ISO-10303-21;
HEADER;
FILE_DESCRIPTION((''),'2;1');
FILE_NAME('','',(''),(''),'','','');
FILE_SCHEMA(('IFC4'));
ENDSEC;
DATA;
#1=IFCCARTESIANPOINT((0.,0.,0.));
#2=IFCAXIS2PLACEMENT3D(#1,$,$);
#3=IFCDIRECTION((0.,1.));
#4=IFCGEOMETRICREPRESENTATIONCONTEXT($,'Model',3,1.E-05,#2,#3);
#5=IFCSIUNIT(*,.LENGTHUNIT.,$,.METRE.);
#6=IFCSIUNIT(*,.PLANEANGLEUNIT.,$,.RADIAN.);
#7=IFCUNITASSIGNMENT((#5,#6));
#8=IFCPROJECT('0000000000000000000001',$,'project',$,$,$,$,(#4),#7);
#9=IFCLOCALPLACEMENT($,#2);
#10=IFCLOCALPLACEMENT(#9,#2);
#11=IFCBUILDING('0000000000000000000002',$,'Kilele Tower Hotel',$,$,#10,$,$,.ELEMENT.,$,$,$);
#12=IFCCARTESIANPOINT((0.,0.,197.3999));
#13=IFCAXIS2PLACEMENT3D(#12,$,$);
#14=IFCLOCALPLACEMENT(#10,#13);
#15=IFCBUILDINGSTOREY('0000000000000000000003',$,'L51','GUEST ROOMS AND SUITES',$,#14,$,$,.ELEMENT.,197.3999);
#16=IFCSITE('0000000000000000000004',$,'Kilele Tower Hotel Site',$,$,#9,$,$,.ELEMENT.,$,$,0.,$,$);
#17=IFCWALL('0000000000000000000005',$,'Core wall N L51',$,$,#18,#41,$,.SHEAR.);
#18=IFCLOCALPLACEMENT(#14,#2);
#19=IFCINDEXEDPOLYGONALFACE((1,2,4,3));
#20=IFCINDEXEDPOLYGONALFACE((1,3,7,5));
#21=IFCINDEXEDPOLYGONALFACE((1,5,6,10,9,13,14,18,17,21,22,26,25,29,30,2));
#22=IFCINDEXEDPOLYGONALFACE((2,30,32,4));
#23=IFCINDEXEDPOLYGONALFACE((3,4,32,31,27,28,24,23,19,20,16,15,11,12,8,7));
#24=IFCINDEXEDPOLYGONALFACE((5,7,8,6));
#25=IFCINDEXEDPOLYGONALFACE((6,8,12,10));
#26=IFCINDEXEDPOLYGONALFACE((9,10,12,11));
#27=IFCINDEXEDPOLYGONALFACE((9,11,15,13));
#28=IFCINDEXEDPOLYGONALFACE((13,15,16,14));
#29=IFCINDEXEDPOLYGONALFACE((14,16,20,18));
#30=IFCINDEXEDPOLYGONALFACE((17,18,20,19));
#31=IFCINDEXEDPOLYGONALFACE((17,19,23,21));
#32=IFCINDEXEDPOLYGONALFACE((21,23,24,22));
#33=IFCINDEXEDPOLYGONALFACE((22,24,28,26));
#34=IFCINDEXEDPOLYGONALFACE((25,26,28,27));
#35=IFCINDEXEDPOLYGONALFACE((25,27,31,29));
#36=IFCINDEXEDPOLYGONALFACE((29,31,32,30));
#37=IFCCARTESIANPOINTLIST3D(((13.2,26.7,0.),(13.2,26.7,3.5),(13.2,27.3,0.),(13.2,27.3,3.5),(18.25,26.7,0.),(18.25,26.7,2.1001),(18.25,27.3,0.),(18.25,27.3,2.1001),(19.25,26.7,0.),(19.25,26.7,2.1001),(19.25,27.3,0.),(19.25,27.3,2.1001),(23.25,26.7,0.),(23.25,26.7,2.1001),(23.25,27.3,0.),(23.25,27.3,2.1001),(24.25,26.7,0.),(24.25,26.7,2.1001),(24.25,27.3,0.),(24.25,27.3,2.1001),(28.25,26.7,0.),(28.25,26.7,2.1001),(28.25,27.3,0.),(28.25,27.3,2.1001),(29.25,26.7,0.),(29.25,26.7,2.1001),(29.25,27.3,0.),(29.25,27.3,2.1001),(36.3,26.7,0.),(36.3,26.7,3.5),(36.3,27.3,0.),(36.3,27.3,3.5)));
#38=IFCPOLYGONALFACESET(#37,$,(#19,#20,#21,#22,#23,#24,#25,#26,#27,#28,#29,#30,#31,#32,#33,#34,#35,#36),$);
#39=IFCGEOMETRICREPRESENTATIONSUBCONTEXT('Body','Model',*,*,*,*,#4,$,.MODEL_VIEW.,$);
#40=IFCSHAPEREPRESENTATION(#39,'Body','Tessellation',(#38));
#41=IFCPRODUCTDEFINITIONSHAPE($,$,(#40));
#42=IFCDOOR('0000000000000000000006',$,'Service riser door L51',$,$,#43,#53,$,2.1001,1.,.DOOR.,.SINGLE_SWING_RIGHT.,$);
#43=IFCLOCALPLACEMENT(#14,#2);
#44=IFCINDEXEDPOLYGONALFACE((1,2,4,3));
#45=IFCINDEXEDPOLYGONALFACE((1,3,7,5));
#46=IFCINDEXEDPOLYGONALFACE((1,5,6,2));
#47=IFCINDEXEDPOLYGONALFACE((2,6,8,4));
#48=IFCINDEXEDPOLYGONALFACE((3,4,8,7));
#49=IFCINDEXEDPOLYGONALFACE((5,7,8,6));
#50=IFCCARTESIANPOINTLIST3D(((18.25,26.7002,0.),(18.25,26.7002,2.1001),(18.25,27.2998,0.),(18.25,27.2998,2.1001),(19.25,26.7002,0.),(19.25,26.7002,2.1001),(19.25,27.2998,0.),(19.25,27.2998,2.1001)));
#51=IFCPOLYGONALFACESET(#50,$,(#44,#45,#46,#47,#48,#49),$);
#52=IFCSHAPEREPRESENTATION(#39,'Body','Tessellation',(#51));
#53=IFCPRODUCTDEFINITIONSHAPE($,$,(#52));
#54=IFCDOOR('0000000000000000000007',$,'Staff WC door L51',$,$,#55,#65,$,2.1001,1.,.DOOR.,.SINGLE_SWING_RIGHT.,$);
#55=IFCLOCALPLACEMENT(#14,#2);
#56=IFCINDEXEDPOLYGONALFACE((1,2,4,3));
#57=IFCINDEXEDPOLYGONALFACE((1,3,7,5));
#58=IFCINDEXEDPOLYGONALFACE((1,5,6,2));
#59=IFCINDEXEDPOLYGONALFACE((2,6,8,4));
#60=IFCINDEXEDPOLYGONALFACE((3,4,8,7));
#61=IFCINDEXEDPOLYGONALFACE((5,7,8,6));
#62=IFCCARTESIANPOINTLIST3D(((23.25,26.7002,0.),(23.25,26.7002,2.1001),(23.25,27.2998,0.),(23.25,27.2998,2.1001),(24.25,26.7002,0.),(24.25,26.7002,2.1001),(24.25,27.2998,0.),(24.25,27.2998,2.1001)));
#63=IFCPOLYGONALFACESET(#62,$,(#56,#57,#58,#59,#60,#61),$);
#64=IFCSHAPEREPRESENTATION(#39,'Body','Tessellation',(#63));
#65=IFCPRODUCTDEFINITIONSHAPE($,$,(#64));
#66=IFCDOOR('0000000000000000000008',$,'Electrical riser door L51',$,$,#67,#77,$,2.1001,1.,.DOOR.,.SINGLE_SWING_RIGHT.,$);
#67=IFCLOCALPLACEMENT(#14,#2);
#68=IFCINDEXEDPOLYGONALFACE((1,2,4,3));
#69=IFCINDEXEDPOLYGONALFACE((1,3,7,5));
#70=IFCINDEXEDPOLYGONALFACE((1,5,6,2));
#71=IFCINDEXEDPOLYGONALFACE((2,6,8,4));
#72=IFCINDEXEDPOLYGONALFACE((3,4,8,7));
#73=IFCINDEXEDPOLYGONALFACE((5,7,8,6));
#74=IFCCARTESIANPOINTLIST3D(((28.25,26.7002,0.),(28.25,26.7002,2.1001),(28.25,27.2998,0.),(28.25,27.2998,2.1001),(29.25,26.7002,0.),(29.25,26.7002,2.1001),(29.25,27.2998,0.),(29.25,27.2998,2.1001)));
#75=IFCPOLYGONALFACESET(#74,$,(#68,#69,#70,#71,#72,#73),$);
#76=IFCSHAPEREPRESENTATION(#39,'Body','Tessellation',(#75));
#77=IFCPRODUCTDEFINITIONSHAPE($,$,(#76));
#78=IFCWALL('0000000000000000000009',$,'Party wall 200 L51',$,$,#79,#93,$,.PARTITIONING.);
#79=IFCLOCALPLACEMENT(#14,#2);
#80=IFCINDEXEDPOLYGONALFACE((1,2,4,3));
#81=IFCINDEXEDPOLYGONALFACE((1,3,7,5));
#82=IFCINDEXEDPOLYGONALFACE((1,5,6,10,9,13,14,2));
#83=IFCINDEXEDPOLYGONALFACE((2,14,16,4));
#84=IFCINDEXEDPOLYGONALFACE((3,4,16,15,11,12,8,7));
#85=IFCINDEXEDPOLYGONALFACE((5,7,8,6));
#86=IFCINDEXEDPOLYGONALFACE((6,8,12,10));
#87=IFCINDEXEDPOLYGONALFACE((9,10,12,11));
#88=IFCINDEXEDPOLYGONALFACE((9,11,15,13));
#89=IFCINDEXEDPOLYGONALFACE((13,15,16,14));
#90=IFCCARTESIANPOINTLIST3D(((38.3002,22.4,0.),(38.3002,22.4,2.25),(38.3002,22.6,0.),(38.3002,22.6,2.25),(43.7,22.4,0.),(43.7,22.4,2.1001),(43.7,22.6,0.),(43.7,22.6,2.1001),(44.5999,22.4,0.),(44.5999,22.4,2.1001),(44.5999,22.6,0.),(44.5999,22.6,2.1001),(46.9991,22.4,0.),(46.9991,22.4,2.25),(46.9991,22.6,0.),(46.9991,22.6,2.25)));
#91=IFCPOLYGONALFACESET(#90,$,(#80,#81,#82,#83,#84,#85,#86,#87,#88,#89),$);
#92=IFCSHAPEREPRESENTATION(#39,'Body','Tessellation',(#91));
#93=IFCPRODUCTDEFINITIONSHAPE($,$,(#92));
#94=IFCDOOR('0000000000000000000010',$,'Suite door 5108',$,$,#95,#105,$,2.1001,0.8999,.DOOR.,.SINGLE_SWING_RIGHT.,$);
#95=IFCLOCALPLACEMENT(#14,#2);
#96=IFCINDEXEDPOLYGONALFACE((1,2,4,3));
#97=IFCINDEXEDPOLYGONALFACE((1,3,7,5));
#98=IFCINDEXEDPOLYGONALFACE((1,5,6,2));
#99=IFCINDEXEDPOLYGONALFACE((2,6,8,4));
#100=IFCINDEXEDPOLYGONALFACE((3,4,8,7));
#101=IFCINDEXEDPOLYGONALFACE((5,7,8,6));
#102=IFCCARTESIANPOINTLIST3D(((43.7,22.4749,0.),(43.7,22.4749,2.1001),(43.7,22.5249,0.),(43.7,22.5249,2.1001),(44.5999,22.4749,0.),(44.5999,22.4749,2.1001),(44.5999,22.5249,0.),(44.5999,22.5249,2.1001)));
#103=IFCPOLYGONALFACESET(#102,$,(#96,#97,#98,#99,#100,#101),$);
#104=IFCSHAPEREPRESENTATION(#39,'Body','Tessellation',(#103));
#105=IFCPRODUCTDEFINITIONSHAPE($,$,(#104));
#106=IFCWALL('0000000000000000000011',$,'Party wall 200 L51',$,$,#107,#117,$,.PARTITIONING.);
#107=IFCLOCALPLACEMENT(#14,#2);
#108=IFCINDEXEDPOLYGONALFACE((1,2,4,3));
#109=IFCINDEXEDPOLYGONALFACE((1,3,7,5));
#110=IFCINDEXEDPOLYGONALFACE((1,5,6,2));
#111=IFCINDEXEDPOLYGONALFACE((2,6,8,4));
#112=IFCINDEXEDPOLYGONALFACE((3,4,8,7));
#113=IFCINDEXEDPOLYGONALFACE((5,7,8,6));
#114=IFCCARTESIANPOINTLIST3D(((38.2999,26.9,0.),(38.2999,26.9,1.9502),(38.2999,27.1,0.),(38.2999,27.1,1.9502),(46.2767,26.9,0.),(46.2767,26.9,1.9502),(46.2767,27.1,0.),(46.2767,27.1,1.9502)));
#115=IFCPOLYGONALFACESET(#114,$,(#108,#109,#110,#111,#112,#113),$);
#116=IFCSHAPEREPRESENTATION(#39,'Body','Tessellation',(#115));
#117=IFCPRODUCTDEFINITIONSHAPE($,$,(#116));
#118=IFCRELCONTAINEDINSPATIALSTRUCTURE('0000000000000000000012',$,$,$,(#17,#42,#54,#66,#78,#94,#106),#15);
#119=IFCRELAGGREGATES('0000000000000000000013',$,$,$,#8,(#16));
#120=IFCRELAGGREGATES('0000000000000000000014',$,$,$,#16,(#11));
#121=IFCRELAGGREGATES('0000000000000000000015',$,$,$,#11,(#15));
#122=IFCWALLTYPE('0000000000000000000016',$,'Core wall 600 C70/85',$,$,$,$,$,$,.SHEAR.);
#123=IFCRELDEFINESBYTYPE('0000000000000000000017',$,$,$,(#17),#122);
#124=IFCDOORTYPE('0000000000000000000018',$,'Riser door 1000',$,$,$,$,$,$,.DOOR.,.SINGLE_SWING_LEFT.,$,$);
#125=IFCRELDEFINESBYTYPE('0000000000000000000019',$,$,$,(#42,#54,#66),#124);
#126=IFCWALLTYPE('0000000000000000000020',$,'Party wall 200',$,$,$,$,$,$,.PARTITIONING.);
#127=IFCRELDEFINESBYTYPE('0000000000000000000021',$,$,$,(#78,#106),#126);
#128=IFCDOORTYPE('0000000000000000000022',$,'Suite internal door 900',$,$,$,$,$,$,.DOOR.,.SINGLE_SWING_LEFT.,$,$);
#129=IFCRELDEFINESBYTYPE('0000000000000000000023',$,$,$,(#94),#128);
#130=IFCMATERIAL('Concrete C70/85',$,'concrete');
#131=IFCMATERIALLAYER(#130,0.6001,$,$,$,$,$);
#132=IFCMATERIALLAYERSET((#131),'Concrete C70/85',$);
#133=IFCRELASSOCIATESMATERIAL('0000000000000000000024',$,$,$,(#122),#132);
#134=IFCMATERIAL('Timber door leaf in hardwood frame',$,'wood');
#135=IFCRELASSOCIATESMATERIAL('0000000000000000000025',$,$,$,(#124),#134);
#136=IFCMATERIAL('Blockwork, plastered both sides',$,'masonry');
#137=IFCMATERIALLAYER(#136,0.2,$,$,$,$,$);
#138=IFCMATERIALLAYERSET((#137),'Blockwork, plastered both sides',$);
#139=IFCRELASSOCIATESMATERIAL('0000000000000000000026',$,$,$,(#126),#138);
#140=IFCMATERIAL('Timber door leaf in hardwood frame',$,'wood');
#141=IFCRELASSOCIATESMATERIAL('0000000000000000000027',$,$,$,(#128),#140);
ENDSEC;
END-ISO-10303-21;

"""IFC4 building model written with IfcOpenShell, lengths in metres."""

from ifc_helpers import new_model, si_unit, direction, frame, frame_2d, origin, place, context, subcontext, project, spatial, rectangle, extrude, material, layer, layer_set, type_object, element, fill, save


model = new_model("IFC4")

# Units and contexts
model_context = context("Model", 3, precision=1e-05, world=origin(), true_north=direction((0.0, 1.0)))
body_context = subcontext(model_context, "Body", "Model", "MODEL_VIEW")
ifc_project = project(units=[si_unit("LENGTHUNIT", "METRE"), si_unit("PLANEANGLEUNIT", "RADIAN")], contexts=[model_context])

# Site, building, storey
site_placement = place(None, origin())
site = spatial("IfcSite", under=ifc_project, at=site_placement, Name="Kilele Tower Hotel Site", CompositionType="ELEMENT", RefElevation=0.0)
building_placement = place(site_placement, origin())
building = spatial("IfcBuilding", under=site, at=building_placement, Name="Kilele Tower Hotel", CompositionType="ELEMENT")
storey_placement = place(building_placement, frame((0.0, 0.0, 197.3999)))
storey = spatial("IfcBuildingStorey", under=building, at=storey_placement, Name="L51", Description="GUEST ROOMS AND SUITES", CompositionType="ELEMENT", Elevation=197.3999)

# Wall, openings, doors
ifc_material_1 = material(Name="Concrete C70/85", Category="concrete")
ifc_layer_1 = layer(ifc_material_1, 0.6001)
ifc_layer_set_1 = layer_set([ifc_layer_1], Name="Concrete C70/85")
wall_type_1 = type_object("IfcWallType", Name="Core wall 600 C70/85", PredefinedType="SHEAR", material=ifc_layer_set_1)
wall_1_placement = place(storey_placement, frame((36.3, 27.0, 0.0), z_axis=(0.0, 0.0, 1.0), x_axis=(-1.0, 0.0, 0.0)))
wall_1 = element("IfcWall", 1, at=wall_1_placement, inside=storey, type_object=wall_type_1, Name="Core wall N L51", PredefinedType="SHEAR", context=body_context, shape_type="SweptSolid", body=[
    extrude(rectangle(XDim=23.1001, YDim=0.6001, at=frame_2d((11.55, 0.0))), origin(), (0.0, 0.0, 1.0), 3.5),
])
opening_1_placement = place(wall_1_placement, frame((17.05, 0.0, 0.0)))
opening_1 = element("IfcOpeningElement", 2, at=opening_1_placement, cuts=wall_1, PredefinedType="OPENING", context=body_context, shape_type="SweptSolid", body=[
    extrude(rectangle(XDim=1.0, YDim=2.1001, at=frame_2d((0.5, 1.05))), frame((0.0, 0.3101, 0.0), z_axis=(0.0, -1.0, 0.0), x_axis=(1.0, 0.0, 0.0)), (0.0, 0.0, 1.0), 0.6201),
])
opening_2_placement = place(wall_1_placement, frame((12.05, 0.0, 0.0)))
opening_2 = element("IfcOpeningElement", 3, at=opening_2_placement, cuts=wall_1, PredefinedType="OPENING", context=body_context, shape_type="SweptSolid", body=[
    extrude(rectangle(XDim=1.0, YDim=2.1001, at=frame_2d((0.5, 1.05))), frame((0.0, 0.3101, 0.0), z_axis=(0.0, -1.0, 0.0), x_axis=(1.0, 0.0, 0.0)), (0.0, 0.0, 1.0), 0.6201),
])
opening_3_placement = place(wall_1_placement, frame((7.05, 0.0, 0.0)))
opening_3 = element("IfcOpeningElement", 4, at=opening_3_placement, cuts=wall_1, PredefinedType="OPENING", context=body_context, shape_type="SweptSolid", body=[
    extrude(rectangle(XDim=1.0, YDim=2.1001, at=frame_2d((0.5, 1.05))), frame((0.0, 0.3101, 0.0), z_axis=(0.0, -1.0, 0.0), x_axis=(1.0, 0.0, 0.0)), (0.0, 0.0, 1.0), 0.6201),
])
ifc_material_2 = material(Name="Timber door leaf in hardwood frame", Category="wood")
door_type_1 = type_object("IfcDoorType", Name="Riser door 1000", OperationType="SINGLE_SWING_LEFT", PredefinedType="DOOR", material=ifc_material_2)
door_1_placement = place(opening_1_placement, origin())
door_1 = element("IfcDoor", 5, at=door_1_placement, inside=storey, type_object=door_type_1, Name="Service riser door L51", OperationType="SINGLE_SWING_RIGHT", OverallHeight=2.1001, OverallWidth=1.0, PredefinedType="DOOR", context=body_context, shape_type="SweptSolid", body=[
    extrude(rectangle(XDim=1.0, YDim=2.1001, at=frame_2d((0.5, 1.05))), frame((0.0, 0.2998, 0.0), z_axis=(0.0, -1.0, 0.0), x_axis=(1.0, 0.0, 0.0)), (0.0, 0.0, 1.0), 0.5996),
])
fill(opening_1, door_1)
door_2_placement = place(opening_2_placement, origin())
door_2 = element("IfcDoor", 6, at=door_2_placement, inside=storey, type_object=door_type_1, Name="Staff WC door L51", OperationType="SINGLE_SWING_RIGHT", OverallHeight=2.1001, OverallWidth=1.0, PredefinedType="DOOR", context=body_context, shape_type="SweptSolid", body=[
    extrude(rectangle(XDim=1.0, YDim=2.1001, at=frame_2d((0.5, 1.05))), frame((0.0, 0.2998, 0.0), z_axis=(0.0, -1.0, 0.0), x_axis=(1.0, 0.0, 0.0)), (0.0, 0.0, 1.0), 0.5996),
])
fill(opening_2, door_2)
door_3_placement = place(opening_3_placement, origin())
door_3 = element("IfcDoor", 7, at=door_3_placement, inside=storey, type_object=door_type_1, Name="Electrical riser door L51", OperationType="SINGLE_SWING_RIGHT", OverallHeight=2.1001, OverallWidth=1.0, PredefinedType="DOOR", context=body_context, shape_type="SweptSolid", body=[
    extrude(rectangle(XDim=1.0, YDim=2.1001, at=frame_2d((0.5, 1.05))), frame((0.0, 0.2998, 0.0), z_axis=(0.0, -1.0, 0.0), x_axis=(1.0, 0.0, 0.0)), (0.0, 0.0, 1.0), 0.5996),
])
fill(opening_3, door_3)

# Wall, opening, door
ifc_material_3 = material(Name="Blockwork, plastered both sides", Category="masonry")
ifc_layer_2 = layer(ifc_material_3, 0.2)
ifc_layer_set_2 = layer_set([ifc_layer_2], Name="Blockwork, plastered both sides")
wall_type_2 = type_object("IfcWallType", Name="Party wall 200", PredefinedType="PARTITIONING", material=ifc_layer_set_2)
wall_2_placement = place(storey_placement, frame((38.3, 22.5, 0.0), z_axis=(0.0, 0.0, 1.0), x_axis=(1.0, 0.0, 0.0)))
wall_2 = element("IfcWall", 8, at=wall_2_placement, inside=storey, type_object=wall_type_2, Name="Party wall 200 L51", PredefinedType="PARTITIONING", context=body_context, shape_type="SweptSolid", body=[
    extrude(rectangle(XDim=8.699, YDim=0.2, at=frame_2d((4.3496, 0.0))), origin(), (0.0, 0.0, 1.0), 2.25),
])
opening_4_placement = place(wall_2_placement, frame((5.3999, 0.0, 0.0)))
opening_4 = element("IfcOpeningElement", 9, at=opening_4_placement, cuts=wall_2, PredefinedType="OPENING", context=body_context, shape_type="SweptSolid", body=[
    extrude(rectangle(XDim=0.8999, YDim=2.1001, at=frame_2d((0.45, 1.05))), frame((0.0, 0.1099, 0.0), z_axis=(0.0, -1.0, 0.0), x_axis=(1.0, 0.0, 0.0)), (0.0, 0.0, 1.0), 0.22),
])
ifc_material_4 = material(Name="Timber door leaf in hardwood frame", Category="wood")
door_type_2 = type_object("IfcDoorType", Name="Suite internal door 900", OperationType="SINGLE_SWING_LEFT", PredefinedType="DOOR", material=ifc_material_4)
door_4_placement = place(opening_4_placement, origin())
door_4 = element("IfcDoor", 10, at=door_4_placement, inside=storey, type_object=door_type_2, Name="Suite door 5108", OperationType="SINGLE_SWING_RIGHT", OverallHeight=2.1001, OverallWidth=0.8999, PredefinedType="DOOR", context=body_context, shape_type="SweptSolid", body=[
    extrude(rectangle(XDim=0.8999, YDim=2.1001, at=frame_2d((0.45, 1.05))), frame((0.0, 0.0249, 0.0), z_axis=(0.0, -1.0, 0.0), x_axis=(1.0, 0.0, 0.0)), (0.0, 0.0, 1.0), 0.05),
])
fill(opening_4, door_4)

# Wall
wall_3_placement = place(storey_placement, frame((38.3, 27.0, 0.0), z_axis=(0.0, 0.0, 1.0), x_axis=(1.0, 0.0, 0.0)))
element("IfcWall", 11, at=wall_3_placement, inside=storey, type_object=wall_type_2, Name="Party wall 200 L51", PredefinedType="PARTITIONING", context=body_context, shape_type="SweptSolid", body=[
    extrude(rectangle(XDim=7.9768, YDim=0.2, at=frame_2d((3.9883, 0.0))), origin(), (0.0, 0.0, 1.0), 1.9502),
])

save(model, "model.ifc")
